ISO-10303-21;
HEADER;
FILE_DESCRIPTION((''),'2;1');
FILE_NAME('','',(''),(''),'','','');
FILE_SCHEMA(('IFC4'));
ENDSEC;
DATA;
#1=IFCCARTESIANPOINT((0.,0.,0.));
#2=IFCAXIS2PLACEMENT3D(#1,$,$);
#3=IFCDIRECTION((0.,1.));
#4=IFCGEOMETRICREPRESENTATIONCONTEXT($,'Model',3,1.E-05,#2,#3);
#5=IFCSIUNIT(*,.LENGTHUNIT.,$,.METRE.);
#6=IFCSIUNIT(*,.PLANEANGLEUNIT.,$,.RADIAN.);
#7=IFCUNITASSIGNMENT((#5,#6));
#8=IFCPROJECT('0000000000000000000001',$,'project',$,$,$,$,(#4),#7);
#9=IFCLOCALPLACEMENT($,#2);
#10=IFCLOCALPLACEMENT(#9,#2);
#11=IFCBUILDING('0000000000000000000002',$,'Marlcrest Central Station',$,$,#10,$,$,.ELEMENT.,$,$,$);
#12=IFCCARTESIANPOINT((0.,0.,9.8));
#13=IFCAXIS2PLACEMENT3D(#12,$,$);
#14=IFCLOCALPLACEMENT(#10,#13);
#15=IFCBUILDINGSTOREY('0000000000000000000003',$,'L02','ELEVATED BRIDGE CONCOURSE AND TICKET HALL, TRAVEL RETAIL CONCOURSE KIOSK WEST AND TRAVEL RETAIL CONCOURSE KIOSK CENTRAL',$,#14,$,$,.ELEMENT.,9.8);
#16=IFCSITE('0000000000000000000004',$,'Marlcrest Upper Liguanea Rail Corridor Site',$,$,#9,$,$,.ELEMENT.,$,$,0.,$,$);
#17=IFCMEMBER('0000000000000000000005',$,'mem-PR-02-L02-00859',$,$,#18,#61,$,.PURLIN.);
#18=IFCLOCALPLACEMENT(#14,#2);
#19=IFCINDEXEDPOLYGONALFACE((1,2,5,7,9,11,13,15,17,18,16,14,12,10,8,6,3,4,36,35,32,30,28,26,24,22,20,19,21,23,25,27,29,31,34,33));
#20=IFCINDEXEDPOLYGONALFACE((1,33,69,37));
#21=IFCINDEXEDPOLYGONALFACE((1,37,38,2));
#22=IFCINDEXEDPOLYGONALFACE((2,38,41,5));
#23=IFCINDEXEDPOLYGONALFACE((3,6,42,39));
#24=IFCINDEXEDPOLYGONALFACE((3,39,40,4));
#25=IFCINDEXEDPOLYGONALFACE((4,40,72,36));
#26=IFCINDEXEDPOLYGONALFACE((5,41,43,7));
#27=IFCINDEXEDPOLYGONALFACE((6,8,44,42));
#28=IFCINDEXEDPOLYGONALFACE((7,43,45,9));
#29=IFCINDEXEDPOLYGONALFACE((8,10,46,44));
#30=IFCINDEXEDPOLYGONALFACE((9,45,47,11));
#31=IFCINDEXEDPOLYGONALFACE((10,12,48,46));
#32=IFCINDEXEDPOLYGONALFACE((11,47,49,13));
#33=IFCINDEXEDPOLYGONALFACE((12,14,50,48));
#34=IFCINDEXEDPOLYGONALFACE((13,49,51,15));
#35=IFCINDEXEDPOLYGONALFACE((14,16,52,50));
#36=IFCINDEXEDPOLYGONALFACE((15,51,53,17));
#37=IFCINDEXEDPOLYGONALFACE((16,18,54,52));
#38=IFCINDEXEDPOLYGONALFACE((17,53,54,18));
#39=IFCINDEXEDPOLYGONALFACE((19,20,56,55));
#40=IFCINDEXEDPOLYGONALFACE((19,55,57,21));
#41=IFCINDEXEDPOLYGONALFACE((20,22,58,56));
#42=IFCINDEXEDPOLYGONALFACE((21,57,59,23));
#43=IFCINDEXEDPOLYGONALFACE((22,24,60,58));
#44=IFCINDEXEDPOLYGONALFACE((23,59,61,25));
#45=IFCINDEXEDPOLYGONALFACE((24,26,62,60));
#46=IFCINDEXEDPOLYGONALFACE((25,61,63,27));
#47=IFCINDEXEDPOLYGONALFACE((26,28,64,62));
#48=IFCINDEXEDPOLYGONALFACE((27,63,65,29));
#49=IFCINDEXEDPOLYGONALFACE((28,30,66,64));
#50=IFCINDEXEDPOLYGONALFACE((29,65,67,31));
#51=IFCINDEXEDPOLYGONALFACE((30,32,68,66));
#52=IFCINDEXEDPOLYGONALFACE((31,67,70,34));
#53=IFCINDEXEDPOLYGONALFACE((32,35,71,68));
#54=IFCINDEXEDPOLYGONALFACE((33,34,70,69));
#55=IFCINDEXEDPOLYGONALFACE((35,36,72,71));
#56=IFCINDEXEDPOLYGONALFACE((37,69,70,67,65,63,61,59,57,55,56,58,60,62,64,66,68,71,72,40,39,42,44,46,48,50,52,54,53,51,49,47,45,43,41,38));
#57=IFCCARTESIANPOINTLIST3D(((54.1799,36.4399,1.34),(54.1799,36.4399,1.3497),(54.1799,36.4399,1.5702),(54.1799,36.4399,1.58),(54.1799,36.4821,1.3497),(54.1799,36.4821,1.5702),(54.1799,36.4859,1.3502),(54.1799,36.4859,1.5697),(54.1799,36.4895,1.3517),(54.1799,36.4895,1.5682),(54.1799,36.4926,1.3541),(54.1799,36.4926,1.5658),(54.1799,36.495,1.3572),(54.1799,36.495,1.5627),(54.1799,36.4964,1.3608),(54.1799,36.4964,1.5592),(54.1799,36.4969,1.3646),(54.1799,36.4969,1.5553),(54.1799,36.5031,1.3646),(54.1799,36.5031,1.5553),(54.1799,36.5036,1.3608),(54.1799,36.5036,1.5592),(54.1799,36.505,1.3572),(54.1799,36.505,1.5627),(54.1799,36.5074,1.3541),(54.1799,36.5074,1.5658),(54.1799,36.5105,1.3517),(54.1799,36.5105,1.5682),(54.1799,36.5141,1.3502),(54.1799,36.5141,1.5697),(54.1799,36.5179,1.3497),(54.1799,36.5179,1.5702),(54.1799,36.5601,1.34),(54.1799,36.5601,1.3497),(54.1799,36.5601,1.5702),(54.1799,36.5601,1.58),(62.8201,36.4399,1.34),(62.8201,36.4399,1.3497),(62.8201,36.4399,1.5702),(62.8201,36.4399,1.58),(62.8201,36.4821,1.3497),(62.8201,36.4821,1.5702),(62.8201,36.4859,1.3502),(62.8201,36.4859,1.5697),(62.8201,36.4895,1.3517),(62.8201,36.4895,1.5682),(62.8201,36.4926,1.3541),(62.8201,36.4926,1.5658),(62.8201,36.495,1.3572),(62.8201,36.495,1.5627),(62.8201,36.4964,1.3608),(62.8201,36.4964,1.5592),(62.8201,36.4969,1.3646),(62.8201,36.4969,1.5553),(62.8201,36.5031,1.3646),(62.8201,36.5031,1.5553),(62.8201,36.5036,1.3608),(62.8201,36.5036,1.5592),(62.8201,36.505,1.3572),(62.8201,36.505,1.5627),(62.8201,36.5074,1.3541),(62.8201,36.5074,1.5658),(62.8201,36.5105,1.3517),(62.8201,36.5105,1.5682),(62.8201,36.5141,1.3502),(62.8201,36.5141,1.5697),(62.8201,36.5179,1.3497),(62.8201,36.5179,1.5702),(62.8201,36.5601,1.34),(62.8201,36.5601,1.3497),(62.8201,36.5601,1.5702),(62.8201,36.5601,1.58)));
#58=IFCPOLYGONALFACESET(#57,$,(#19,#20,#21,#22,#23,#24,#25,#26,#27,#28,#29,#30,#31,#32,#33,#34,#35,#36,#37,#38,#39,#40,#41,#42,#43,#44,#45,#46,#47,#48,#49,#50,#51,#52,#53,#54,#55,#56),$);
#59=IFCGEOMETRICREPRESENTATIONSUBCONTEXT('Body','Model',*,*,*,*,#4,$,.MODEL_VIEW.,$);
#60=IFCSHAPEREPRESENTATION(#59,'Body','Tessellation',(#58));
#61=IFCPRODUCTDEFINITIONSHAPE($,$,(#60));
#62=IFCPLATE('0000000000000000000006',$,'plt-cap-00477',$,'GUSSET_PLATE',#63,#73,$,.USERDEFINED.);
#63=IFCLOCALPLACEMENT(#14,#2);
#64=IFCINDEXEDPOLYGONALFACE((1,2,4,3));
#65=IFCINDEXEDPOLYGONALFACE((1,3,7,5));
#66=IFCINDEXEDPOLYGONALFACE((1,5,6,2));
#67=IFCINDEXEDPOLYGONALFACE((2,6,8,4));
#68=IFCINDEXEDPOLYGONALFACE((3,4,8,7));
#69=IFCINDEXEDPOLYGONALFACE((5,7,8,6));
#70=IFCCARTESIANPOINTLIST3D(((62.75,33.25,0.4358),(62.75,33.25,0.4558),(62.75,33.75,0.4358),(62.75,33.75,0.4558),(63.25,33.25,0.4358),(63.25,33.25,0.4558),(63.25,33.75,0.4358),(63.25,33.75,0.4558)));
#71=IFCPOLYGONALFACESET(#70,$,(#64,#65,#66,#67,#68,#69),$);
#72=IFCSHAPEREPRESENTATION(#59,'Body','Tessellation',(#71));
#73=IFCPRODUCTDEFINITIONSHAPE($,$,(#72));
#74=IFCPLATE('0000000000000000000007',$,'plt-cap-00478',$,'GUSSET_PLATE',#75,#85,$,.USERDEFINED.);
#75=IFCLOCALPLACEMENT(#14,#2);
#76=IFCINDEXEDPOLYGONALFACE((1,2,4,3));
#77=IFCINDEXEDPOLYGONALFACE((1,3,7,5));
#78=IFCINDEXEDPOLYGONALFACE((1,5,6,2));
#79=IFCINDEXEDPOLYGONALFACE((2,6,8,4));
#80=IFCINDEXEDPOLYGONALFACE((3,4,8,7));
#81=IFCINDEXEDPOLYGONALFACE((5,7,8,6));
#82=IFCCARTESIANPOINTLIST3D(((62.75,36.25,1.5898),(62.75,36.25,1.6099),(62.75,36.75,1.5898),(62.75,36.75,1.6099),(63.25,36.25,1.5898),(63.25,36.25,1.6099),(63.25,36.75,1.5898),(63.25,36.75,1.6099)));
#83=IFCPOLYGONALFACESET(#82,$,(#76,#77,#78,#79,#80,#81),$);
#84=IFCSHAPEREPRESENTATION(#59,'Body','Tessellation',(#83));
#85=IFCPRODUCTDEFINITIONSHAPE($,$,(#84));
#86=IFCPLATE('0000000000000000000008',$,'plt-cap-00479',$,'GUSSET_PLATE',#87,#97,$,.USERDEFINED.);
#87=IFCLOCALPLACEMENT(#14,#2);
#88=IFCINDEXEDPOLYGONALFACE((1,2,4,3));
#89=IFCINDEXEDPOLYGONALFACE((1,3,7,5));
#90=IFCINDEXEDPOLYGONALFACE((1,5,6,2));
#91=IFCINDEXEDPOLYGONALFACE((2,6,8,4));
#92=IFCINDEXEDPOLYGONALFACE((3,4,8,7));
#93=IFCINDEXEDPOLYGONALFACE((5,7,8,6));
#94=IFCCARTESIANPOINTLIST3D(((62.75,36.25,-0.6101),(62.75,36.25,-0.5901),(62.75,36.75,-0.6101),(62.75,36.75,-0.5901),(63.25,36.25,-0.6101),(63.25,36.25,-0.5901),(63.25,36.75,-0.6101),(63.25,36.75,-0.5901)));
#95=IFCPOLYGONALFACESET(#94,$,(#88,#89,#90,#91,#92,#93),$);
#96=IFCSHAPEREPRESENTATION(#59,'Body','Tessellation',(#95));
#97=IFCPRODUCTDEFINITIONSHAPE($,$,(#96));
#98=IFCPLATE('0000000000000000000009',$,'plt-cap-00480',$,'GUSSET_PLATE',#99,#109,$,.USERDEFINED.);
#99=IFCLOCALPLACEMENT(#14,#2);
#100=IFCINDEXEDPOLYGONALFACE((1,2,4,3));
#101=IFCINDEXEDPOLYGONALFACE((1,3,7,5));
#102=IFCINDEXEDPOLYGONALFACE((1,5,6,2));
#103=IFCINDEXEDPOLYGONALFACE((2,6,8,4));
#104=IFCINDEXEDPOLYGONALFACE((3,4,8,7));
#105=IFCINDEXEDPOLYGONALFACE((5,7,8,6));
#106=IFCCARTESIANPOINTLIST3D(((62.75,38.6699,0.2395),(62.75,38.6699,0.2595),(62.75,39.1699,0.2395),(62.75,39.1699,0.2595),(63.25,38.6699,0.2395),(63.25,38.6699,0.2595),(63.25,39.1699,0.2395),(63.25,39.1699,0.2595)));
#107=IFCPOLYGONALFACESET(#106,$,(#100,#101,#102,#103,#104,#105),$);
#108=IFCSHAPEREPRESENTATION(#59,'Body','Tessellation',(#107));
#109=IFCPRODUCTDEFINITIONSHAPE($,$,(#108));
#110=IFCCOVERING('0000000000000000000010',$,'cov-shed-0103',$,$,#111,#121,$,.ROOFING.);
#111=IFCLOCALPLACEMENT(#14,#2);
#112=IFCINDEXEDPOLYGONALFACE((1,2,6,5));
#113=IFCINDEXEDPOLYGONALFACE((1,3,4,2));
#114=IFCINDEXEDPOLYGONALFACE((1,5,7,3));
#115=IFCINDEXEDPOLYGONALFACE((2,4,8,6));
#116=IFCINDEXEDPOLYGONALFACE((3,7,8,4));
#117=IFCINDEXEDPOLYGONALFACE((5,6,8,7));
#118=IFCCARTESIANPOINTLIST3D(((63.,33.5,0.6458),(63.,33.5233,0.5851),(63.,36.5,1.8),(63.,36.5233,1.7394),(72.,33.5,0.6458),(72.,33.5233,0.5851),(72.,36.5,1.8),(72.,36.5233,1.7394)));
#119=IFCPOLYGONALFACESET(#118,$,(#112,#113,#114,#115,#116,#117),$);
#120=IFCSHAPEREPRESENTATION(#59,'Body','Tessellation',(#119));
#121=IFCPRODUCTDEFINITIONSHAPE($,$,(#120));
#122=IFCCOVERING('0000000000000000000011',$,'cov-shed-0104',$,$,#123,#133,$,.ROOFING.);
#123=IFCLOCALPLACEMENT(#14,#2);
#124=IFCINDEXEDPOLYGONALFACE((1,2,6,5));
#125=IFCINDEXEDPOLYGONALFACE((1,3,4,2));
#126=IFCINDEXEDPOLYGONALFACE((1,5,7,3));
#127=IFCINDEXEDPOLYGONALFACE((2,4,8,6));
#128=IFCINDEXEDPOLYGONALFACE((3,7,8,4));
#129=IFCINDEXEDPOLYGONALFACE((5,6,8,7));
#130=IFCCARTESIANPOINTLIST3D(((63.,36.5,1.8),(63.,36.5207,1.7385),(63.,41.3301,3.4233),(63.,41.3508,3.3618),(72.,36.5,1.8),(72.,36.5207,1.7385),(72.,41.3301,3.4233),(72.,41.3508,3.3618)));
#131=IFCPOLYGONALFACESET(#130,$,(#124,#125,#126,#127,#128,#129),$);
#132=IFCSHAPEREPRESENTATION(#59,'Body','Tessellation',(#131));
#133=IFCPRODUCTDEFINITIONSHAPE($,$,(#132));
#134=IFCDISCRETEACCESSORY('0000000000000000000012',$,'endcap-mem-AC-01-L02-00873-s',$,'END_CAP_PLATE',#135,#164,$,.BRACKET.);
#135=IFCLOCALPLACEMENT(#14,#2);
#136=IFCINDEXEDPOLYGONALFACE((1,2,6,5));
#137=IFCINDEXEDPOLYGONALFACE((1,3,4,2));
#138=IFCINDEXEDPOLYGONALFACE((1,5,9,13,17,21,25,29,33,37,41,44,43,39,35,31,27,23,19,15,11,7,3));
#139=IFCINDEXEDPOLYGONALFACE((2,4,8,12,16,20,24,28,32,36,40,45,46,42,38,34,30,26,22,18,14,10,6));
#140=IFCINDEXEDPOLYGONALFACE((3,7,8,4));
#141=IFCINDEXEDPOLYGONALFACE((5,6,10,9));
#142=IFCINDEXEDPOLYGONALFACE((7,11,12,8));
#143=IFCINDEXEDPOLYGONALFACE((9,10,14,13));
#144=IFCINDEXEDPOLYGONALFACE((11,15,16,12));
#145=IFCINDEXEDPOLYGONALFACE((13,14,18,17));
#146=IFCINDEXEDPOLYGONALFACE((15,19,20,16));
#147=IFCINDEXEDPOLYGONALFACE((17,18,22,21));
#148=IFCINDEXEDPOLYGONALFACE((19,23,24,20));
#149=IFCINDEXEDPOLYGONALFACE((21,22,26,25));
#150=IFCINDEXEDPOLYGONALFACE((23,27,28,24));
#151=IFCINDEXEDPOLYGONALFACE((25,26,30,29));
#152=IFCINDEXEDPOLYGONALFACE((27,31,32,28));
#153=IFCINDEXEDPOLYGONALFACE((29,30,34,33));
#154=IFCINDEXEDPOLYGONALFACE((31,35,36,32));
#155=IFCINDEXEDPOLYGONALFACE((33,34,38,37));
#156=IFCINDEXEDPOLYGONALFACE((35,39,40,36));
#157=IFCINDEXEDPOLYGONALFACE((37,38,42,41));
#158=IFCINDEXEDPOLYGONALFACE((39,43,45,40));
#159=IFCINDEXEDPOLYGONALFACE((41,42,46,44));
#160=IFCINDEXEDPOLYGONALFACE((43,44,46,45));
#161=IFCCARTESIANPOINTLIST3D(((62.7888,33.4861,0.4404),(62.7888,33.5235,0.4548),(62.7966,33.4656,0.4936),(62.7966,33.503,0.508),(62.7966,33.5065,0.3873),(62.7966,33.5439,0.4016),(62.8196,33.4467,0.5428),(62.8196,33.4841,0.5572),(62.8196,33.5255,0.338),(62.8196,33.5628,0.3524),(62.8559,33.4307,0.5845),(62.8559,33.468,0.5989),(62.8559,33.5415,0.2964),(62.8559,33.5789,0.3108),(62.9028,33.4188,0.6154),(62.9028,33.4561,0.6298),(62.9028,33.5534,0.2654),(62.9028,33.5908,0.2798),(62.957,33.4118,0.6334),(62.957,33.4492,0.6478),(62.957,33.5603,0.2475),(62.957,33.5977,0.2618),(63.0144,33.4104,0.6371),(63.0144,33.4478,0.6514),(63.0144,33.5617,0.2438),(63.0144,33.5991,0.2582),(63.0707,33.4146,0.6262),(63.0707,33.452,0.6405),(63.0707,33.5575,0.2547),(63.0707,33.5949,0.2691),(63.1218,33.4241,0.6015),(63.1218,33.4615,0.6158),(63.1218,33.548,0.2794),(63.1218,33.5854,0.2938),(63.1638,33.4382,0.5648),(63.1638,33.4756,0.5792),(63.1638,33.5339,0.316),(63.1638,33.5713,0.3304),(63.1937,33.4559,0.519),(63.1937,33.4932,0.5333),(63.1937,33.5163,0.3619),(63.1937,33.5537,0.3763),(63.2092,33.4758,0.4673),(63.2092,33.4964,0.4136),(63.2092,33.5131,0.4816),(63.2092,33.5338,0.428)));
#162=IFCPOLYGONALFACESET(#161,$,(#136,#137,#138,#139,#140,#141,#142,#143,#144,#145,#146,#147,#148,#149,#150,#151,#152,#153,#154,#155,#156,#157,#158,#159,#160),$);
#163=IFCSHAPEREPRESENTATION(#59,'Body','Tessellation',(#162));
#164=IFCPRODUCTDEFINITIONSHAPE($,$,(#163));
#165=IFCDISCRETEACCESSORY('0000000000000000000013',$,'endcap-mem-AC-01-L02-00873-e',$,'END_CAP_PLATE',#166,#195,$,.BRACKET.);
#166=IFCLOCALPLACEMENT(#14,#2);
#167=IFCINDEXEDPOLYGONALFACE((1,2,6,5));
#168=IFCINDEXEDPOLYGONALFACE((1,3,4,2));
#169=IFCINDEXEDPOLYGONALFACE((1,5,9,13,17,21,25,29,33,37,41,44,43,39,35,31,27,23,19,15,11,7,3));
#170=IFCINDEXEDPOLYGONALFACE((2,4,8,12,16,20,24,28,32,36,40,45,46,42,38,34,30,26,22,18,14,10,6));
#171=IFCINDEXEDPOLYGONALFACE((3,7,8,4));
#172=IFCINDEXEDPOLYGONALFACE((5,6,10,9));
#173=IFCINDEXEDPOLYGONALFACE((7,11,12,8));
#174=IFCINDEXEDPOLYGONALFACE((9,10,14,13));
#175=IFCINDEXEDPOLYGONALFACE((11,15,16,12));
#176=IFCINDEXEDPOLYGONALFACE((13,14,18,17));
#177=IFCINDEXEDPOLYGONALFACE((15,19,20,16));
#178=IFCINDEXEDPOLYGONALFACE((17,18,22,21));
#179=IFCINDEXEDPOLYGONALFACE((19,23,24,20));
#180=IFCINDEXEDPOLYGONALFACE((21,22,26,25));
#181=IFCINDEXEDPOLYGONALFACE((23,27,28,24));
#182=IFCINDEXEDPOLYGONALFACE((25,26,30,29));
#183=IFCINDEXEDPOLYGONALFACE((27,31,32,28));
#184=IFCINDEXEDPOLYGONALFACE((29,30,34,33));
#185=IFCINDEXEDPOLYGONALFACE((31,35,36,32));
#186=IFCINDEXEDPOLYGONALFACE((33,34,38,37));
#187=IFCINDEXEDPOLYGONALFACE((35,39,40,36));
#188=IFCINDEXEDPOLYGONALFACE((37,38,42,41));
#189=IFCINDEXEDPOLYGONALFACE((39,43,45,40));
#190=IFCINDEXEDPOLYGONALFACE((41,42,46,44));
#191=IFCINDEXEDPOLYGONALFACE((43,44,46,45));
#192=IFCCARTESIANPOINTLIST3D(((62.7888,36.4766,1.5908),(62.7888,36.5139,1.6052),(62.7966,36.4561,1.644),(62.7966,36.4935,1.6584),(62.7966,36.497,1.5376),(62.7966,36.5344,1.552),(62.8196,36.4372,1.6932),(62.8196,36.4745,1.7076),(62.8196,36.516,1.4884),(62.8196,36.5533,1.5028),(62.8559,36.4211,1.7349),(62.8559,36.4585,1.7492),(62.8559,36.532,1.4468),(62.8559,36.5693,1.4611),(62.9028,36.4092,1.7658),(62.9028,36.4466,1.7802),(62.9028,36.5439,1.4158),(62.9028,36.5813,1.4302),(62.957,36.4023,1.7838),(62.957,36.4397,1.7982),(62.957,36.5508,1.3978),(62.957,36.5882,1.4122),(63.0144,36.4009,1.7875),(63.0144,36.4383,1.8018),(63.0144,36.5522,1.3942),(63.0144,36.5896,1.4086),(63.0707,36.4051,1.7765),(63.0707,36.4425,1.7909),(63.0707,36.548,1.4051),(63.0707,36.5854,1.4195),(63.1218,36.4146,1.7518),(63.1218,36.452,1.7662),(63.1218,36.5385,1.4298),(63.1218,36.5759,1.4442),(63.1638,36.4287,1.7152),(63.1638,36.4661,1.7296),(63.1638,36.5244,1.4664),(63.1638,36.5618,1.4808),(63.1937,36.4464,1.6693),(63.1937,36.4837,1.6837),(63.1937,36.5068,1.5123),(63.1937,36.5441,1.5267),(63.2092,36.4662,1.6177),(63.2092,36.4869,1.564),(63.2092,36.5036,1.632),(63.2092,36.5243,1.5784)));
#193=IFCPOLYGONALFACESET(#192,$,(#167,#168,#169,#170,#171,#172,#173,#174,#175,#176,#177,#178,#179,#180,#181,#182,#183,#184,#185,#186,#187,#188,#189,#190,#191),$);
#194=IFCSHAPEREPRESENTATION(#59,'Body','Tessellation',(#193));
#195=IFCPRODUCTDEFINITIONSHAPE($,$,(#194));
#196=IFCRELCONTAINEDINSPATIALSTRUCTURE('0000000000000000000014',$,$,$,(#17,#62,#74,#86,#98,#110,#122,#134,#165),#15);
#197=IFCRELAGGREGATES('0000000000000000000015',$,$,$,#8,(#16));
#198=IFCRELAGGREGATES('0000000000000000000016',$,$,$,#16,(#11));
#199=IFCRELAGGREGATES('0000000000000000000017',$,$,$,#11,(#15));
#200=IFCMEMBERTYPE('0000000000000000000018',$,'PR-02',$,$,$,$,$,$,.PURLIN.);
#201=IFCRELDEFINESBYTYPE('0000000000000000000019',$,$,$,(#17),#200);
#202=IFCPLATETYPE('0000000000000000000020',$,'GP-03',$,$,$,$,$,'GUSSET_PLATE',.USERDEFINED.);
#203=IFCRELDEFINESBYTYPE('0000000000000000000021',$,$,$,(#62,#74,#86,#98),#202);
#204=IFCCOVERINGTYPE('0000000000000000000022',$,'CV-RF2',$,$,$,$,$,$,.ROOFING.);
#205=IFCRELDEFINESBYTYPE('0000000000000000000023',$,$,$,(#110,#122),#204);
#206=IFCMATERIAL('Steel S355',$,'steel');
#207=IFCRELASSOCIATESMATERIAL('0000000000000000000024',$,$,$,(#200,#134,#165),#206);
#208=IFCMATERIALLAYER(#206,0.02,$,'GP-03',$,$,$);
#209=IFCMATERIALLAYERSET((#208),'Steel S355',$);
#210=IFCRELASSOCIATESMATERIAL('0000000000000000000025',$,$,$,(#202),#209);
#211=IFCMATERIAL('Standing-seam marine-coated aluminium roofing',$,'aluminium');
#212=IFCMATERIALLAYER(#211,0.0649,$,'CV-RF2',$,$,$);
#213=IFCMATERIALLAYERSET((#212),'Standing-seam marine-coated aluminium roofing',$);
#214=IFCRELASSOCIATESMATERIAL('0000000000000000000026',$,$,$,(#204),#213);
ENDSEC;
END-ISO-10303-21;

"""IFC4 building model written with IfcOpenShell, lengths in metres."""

from ifc_helpers import new_model, si_unit, direction, frame, origin, origin_2d, place, context, subcontext, project, spatial, polyline, rectangle, circle, i_section, outline, extrude, material, layer, layer_set, material_profile, profile_set, type_object, element, save


model = new_model("IFC4")

# Units and contexts
model_context = context("Model", 3, precision=1e-05, world=origin(), true_north=direction((0.0, 1.0)))
body_context = subcontext(model_context, "Body", "Model", "MODEL_VIEW")
ifc_project = project(units=[si_unit("LENGTHUNIT", "METRE"), si_unit("PLANEANGLEUNIT", "RADIAN")], contexts=[model_context])

# Site, building, storey
site_placement = place(None, origin())
site = spatial("IfcSite", under=ifc_project, at=site_placement, Name="Marlcrest Upper Liguanea Rail Corridor Site", CompositionType="ELEMENT", RefElevation=0.0)
building_placement = place(site_placement, origin())
building = spatial("IfcBuilding", under=site, at=building_placement, Name="Marlcrest Central Station", CompositionType="ELEMENT")
storey_placement = place(building_placement, frame((0.0, 0.0, 9.8)))
storey = spatial("IfcBuildingStorey", under=building, at=storey_placement, Name="L02", Description="ELEVATED BRIDGE CONCOURSE AND TICKET HALL, TRAVEL RETAIL CONCOURSE KIOSK WEST AND TRAVEL RETAIL CONCOURSE KIOSK CENTRAL", CompositionType="ELEMENT", Elevation=9.8)

# Member
ifc_material_1 = material(Name="Steel S355", Category="steel")
ifc_material_profile_1 = material_profile(ifc_material_1, i_section(OverallWidth=0.1201, OverallDepth=0.24, WebThickness=0.0061, FlangeThickness=0.0098, FilletRadius=0.0149, at=origin_2d()), Name="IPE 240")
ifc_profile_set_1 = profile_set([ifc_material_profile_1], Name="Steel S355")
member_type_1 = type_object("IfcMemberType", Name="PR-02", PredefinedType="PURLIN", material=ifc_profile_set_1)
member_1_placement = place(storey_placement, frame((54.1799, 36.5, 1.46), z_axis=(1.0, 0.0, 0.0), x_axis=(0.0, 1.0, 0.0)))
element("IfcMember", 1, at=member_1_placement, inside=storey, type_object=member_type_1, Name="mem-PR-02-L02-00859", PredefinedType="PURLIN", context=body_context, shape_type="SweptSolid", body=[
    extrude(i_section(OverallWidth=0.1201, OverallDepth=0.24, WebThickness=0.0061, FlangeThickness=0.0098, FilletRadius=0.0149, at=origin_2d()), origin(), (0.0, 0.0, 1.0), 8.6401),
])

# Plates
ifc_layer_1 = layer(ifc_material_1, 0.02, Name="GP-03")
ifc_layer_set_1 = layer_set([ifc_layer_1], Name="Steel S355")
plate_type = type_object("IfcPlateType", Name="GP-03", ElementType="GUSSET_PLATE", PredefinedType="USERDEFINED", material=ifc_layer_set_1)
for number, where, z_axis, x_axis, name in (
    (2, (63.0, 33.5, 0.4358), (0.0, 0.0, 1.0), (1.0, 0.0, 0.0), "plt-cap-00477"),
    (3, (63.0, 36.5, 1.5898), (0.0, 0.0, 1.0), (1.0, 0.0, 0.0), "plt-cap-00478"),
    (4, (63.0, 36.5, -0.6101), (0.0, 0.0, 1.0), (1.0, 0.0, 0.0), "plt-cap-00479"),
    (5, (63.0, 38.9199, 0.2395), (0.0, 0.0, 1.0), (1.0, 0.0, 0.0), "plt-cap-00480"),
):
    element("IfcPlate", number, at=place(storey_placement, frame(where, z_axis=z_axis, x_axis=x_axis)), inside=storey, type_object=plate_type, Name=name, ObjectType="GUSSET_PLATE", PredefinedType="USERDEFINED", context=body_context, shape_type="SweptSolid", body=[
        extrude(rectangle(XDim=0.5, YDim=0.5, at=origin_2d()), origin(), (0.0, 0.0, 1.0), 0.02),
    ])

# Coverings
ifc_material_2 = material(Name="Standing-seam marine-coated aluminium roofing", Category="aluminium")
ifc_layer_2 = layer(ifc_material_2, 0.0649, Name="CV-RF2")
ifc_layer_set_2 = layer_set([ifc_layer_2], Name="Standing-seam marine-coated aluminium roofing")
covering_type = type_object("IfcCoveringType", Name="CV-RF2", PredefinedType="ROOFING", material=ifc_layer_set_2)
covering_1_placement = place(storey_placement, frame((63.0, 33.5, 0.6458), z_axis=(0.0, -0.359101, 0.933299), x_axis=(1.0, 0.0, 0.0)))
element("IfcCovering", 6, at=covering_1_placement, inside=storey, type_object=covering_type, Name="cov-shed-0103", PredefinedType="ROOFING", context=body_context, shape_type="SweptSolid", body=[
    extrude(outline(polyline([(0.0, 0.0), (9.0, 0.0), (9.0, 3.2144), (0.0, 3.2144), (0.0, 0.0)])), origin(), (0.0, 0.0, -1.0), 0.0649),
])
covering_2_placement = place(storey_placement, frame((63.0, 36.5, 1.8), z_axis=(0.0, -0.31857, 0.947899), x_axis=(1.0, 0.0, 0.0)))
element("IfcCovering", 7, at=covering_2_placement, inside=storey, type_object=covering_type, Name="cov-shed-0104", PredefinedType="ROOFING", context=body_context, shape_type="SweptSolid", body=[
    extrude(outline(polyline([(0.0, 0.0), (9.0, 0.0), (9.0, 5.0956), (0.0, 5.0956), (0.0, 0.0)])), origin(), (0.0, 0.0, -1.0), 0.0649),
])

# Discrete accessories
for number, where, z_axis, x_axis, name in (
    (8, (63.0, 33.4861, 0.4404), (0.0, 0.933324, 0.359035), (-1.0, 0.0, 0.0), "endcap-mem-AC-01-L02-00873-s"),
    (9, (63.0, 36.4766, 1.5908), (0.0, 0.933324, 0.359035), (-1.0, 0.0, 0.0), "endcap-mem-AC-01-L02-00873-e"),
):
    element("IfcDiscreteAccessory", number, at=place(storey_placement, frame(where, z_axis=z_axis, x_axis=x_axis)), inside=storey, material=ifc_material_1, Name=name, ObjectType="END_CAP_PLATE", PredefinedType="BRACKET", context=body_context, shape_type="SweptSolid", body=[
        extrude(circle(Radius=0.2112, at=origin_2d()), origin(), (0.0, 0.0, 1.0), 0.04),
    ])

save(model, "model.ifc")
